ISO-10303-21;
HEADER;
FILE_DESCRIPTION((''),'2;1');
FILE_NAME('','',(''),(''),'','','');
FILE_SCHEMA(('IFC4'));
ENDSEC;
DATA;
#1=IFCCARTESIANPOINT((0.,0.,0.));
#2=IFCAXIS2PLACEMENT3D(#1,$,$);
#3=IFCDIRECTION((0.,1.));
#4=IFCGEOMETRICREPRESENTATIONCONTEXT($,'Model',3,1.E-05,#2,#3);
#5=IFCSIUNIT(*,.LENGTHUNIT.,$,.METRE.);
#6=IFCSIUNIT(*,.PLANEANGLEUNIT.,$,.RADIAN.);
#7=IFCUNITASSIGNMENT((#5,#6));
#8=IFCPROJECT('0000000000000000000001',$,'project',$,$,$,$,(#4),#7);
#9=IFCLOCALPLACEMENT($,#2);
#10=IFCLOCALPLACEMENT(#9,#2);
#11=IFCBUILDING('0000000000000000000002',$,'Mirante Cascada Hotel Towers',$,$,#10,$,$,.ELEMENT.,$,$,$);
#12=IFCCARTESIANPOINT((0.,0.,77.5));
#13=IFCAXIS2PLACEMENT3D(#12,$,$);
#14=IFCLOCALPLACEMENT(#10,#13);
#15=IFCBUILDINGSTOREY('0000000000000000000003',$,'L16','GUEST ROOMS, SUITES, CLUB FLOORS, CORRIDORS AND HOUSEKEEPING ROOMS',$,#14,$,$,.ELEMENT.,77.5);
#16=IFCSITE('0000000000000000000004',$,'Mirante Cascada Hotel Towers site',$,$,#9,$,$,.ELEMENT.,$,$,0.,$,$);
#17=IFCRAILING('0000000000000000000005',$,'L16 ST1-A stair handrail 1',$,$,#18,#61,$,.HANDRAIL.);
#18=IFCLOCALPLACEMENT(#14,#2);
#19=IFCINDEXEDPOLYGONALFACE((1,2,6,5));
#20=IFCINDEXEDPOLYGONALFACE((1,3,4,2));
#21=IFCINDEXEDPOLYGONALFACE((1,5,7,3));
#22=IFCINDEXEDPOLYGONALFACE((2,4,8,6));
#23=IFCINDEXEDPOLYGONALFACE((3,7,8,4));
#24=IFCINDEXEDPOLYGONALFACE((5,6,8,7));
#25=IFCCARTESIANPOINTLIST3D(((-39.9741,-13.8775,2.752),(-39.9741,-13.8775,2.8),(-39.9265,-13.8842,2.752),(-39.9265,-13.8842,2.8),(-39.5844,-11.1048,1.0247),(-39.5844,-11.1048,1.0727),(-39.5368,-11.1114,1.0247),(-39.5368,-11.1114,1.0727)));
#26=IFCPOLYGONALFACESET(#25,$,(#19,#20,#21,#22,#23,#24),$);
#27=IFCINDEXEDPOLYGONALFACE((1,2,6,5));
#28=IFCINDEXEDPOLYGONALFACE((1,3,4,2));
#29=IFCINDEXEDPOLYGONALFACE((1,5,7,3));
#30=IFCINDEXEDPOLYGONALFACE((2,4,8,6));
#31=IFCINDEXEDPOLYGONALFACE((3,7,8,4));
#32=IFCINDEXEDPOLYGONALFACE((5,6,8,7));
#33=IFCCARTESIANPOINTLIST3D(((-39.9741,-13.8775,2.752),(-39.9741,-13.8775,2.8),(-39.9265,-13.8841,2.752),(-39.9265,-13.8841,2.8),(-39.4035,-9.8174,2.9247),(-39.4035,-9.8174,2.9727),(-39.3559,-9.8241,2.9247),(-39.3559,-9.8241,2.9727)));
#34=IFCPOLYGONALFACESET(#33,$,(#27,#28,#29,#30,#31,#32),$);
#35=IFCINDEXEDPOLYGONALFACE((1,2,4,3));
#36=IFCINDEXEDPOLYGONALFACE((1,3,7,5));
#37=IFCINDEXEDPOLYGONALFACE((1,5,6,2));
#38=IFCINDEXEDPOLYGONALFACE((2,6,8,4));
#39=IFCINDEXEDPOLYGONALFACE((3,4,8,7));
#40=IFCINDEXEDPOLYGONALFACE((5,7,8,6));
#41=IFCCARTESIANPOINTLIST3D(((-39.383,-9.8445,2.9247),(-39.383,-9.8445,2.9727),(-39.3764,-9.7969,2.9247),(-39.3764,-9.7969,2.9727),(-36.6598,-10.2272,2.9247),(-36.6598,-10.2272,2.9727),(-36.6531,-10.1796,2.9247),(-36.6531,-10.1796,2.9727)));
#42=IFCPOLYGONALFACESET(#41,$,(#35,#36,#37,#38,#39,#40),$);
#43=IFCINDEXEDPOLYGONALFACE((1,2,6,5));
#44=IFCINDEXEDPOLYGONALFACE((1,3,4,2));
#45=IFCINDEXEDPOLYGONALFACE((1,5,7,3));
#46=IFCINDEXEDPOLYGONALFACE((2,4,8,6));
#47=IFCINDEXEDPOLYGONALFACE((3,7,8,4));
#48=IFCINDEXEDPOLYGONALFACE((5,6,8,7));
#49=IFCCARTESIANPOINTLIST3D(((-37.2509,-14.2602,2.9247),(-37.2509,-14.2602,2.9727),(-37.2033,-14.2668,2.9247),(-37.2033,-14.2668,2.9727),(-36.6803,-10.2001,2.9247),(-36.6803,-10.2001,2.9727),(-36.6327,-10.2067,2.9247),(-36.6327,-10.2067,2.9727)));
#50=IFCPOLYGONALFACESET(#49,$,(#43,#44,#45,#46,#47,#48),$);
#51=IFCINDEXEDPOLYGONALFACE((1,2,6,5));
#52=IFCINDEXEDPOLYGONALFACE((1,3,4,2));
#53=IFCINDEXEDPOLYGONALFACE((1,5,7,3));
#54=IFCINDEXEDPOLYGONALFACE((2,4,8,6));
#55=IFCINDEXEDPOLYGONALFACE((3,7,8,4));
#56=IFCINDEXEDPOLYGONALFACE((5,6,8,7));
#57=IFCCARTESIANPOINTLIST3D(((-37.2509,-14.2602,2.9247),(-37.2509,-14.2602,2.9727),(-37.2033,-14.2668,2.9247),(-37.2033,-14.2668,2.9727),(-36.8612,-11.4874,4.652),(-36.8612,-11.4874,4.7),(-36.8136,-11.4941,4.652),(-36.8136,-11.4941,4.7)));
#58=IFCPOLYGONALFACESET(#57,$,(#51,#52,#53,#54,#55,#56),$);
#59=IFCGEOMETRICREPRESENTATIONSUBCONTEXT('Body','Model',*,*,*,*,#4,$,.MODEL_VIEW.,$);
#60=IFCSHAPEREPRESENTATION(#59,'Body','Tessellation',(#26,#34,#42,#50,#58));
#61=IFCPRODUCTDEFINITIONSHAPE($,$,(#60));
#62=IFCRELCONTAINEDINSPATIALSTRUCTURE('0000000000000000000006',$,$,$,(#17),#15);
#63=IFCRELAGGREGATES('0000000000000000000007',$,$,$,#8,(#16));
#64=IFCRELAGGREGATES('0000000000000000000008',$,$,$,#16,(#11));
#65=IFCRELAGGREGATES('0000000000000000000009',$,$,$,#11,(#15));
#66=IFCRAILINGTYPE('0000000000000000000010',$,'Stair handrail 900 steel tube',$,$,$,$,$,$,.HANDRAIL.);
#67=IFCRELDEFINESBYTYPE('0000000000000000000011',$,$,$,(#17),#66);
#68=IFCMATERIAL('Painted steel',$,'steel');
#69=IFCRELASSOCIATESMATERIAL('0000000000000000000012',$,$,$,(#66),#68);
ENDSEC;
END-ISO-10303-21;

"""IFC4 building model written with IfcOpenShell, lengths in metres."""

from ifc_helpers import new_model, si_unit, direction, frame, origin, origin_2d, place, context, subcontext, project, spatial, rectangle, extrude, material, type_object, element, save


model = new_model("IFC4")

# Units and contexts
model_context = context("Model", 3, precision=1e-05, world=origin(), true_north=direction((0.0, 1.0)))
body_context = subcontext(model_context, "Body", "Model", "MODEL_VIEW")
ifc_project = project(units=[si_unit("LENGTHUNIT", "METRE"), si_unit("PLANEANGLEUNIT", "RADIAN")], contexts=[model_context])

# Site, building, storey
site_placement = place(None, origin())
site = spatial("IfcSite", under=ifc_project, at=site_placement, Name="Mirante Cascada Hotel Towers site", CompositionType="ELEMENT", RefElevation=0.0)
building_placement = place(site_placement, origin())
building = spatial("IfcBuilding", under=site, at=building_placement, Name="Mirante Cascada Hotel Towers", CompositionType="ELEMENT")
storey_placement = place(building_placement, frame((0.0, 0.0, 77.5)))
storey = spatial("IfcBuildingStorey", under=building, at=storey_placement, Name="L16", Description="GUEST ROOMS, SUITES, CLUB FLOORS, CORRIDORS AND HOUSEKEEPING ROOMS", CompositionType="ELEMENT", Elevation=77.5)

# Railing
ifc_material_1 = material(Name="Painted steel", Category="steel")
railing_type_1 = type_object("IfcRailingType", Name="Stair handrail 900 steel tube", PredefinedType="HANDRAIL", material=ifc_material_1)
railing_1_placement = place(storey_placement, frame((-39.5606, -11.1081, 0.1727)))
element("IfcRailing", 1, at=railing_1_placement, inside=storey, type_object=railing_type_1, Name="L16 ST1-A stair handrail 1", PredefinedType="HANDRAIL", context=body_context, shape_type="SweptSolid", body=[
    extrude(rectangle(XDim=0.048, YDim=0.048, at=origin_2d()), frame((0.0, 0.0, 0.876), z_axis=(-0.139181, -0.990267, 0.0), x_axis=(0.990267, -0.139181, 0.0)), (0.0, 0.525035, 0.851081), 3.2899),
    extrude(rectangle(XDim=0.048, YDim=0.048, at=origin_2d()), frame((-0.3897, -2.7727, 2.6033), z_axis=(0.139171, 0.990268, 0.0), x_axis=(-0.990268, 0.139171, 0.0)), (0.0, 0.042085, 0.999114), 4.1036),
    extrude(rectangle(XDim=0.048, YDim=0.048, at=origin_2d()), frame((0.1809, 1.2874, 2.776), z_axis=(0.990269, -0.139166, 0.0), x_axis=(0.139166, 0.990269, 0.0)), (0.0, 0.0, 1.0), 2.75),
    extrude(rectangle(XDim=0.048, YDim=0.048, at=origin_2d()), frame((2.9041, 0.9047, 2.776), z_axis=(-0.139171, -0.990268, 0.0), x_axis=(0.990268, -0.139171, 0.0)), (0.0, 0.0, 1.0), 4.1),
    extrude(rectangle(XDim=0.048, YDim=0.048, at=origin_2d()), frame((2.3335, -3.1554, 2.776), z_axis=(0.139181, 0.990267, 0.0), x_axis=(-0.990267, 0.139181, 0.0)), (0.0, 0.525035, 0.851081), 3.2899),
])

save(model, "model.ifc")
